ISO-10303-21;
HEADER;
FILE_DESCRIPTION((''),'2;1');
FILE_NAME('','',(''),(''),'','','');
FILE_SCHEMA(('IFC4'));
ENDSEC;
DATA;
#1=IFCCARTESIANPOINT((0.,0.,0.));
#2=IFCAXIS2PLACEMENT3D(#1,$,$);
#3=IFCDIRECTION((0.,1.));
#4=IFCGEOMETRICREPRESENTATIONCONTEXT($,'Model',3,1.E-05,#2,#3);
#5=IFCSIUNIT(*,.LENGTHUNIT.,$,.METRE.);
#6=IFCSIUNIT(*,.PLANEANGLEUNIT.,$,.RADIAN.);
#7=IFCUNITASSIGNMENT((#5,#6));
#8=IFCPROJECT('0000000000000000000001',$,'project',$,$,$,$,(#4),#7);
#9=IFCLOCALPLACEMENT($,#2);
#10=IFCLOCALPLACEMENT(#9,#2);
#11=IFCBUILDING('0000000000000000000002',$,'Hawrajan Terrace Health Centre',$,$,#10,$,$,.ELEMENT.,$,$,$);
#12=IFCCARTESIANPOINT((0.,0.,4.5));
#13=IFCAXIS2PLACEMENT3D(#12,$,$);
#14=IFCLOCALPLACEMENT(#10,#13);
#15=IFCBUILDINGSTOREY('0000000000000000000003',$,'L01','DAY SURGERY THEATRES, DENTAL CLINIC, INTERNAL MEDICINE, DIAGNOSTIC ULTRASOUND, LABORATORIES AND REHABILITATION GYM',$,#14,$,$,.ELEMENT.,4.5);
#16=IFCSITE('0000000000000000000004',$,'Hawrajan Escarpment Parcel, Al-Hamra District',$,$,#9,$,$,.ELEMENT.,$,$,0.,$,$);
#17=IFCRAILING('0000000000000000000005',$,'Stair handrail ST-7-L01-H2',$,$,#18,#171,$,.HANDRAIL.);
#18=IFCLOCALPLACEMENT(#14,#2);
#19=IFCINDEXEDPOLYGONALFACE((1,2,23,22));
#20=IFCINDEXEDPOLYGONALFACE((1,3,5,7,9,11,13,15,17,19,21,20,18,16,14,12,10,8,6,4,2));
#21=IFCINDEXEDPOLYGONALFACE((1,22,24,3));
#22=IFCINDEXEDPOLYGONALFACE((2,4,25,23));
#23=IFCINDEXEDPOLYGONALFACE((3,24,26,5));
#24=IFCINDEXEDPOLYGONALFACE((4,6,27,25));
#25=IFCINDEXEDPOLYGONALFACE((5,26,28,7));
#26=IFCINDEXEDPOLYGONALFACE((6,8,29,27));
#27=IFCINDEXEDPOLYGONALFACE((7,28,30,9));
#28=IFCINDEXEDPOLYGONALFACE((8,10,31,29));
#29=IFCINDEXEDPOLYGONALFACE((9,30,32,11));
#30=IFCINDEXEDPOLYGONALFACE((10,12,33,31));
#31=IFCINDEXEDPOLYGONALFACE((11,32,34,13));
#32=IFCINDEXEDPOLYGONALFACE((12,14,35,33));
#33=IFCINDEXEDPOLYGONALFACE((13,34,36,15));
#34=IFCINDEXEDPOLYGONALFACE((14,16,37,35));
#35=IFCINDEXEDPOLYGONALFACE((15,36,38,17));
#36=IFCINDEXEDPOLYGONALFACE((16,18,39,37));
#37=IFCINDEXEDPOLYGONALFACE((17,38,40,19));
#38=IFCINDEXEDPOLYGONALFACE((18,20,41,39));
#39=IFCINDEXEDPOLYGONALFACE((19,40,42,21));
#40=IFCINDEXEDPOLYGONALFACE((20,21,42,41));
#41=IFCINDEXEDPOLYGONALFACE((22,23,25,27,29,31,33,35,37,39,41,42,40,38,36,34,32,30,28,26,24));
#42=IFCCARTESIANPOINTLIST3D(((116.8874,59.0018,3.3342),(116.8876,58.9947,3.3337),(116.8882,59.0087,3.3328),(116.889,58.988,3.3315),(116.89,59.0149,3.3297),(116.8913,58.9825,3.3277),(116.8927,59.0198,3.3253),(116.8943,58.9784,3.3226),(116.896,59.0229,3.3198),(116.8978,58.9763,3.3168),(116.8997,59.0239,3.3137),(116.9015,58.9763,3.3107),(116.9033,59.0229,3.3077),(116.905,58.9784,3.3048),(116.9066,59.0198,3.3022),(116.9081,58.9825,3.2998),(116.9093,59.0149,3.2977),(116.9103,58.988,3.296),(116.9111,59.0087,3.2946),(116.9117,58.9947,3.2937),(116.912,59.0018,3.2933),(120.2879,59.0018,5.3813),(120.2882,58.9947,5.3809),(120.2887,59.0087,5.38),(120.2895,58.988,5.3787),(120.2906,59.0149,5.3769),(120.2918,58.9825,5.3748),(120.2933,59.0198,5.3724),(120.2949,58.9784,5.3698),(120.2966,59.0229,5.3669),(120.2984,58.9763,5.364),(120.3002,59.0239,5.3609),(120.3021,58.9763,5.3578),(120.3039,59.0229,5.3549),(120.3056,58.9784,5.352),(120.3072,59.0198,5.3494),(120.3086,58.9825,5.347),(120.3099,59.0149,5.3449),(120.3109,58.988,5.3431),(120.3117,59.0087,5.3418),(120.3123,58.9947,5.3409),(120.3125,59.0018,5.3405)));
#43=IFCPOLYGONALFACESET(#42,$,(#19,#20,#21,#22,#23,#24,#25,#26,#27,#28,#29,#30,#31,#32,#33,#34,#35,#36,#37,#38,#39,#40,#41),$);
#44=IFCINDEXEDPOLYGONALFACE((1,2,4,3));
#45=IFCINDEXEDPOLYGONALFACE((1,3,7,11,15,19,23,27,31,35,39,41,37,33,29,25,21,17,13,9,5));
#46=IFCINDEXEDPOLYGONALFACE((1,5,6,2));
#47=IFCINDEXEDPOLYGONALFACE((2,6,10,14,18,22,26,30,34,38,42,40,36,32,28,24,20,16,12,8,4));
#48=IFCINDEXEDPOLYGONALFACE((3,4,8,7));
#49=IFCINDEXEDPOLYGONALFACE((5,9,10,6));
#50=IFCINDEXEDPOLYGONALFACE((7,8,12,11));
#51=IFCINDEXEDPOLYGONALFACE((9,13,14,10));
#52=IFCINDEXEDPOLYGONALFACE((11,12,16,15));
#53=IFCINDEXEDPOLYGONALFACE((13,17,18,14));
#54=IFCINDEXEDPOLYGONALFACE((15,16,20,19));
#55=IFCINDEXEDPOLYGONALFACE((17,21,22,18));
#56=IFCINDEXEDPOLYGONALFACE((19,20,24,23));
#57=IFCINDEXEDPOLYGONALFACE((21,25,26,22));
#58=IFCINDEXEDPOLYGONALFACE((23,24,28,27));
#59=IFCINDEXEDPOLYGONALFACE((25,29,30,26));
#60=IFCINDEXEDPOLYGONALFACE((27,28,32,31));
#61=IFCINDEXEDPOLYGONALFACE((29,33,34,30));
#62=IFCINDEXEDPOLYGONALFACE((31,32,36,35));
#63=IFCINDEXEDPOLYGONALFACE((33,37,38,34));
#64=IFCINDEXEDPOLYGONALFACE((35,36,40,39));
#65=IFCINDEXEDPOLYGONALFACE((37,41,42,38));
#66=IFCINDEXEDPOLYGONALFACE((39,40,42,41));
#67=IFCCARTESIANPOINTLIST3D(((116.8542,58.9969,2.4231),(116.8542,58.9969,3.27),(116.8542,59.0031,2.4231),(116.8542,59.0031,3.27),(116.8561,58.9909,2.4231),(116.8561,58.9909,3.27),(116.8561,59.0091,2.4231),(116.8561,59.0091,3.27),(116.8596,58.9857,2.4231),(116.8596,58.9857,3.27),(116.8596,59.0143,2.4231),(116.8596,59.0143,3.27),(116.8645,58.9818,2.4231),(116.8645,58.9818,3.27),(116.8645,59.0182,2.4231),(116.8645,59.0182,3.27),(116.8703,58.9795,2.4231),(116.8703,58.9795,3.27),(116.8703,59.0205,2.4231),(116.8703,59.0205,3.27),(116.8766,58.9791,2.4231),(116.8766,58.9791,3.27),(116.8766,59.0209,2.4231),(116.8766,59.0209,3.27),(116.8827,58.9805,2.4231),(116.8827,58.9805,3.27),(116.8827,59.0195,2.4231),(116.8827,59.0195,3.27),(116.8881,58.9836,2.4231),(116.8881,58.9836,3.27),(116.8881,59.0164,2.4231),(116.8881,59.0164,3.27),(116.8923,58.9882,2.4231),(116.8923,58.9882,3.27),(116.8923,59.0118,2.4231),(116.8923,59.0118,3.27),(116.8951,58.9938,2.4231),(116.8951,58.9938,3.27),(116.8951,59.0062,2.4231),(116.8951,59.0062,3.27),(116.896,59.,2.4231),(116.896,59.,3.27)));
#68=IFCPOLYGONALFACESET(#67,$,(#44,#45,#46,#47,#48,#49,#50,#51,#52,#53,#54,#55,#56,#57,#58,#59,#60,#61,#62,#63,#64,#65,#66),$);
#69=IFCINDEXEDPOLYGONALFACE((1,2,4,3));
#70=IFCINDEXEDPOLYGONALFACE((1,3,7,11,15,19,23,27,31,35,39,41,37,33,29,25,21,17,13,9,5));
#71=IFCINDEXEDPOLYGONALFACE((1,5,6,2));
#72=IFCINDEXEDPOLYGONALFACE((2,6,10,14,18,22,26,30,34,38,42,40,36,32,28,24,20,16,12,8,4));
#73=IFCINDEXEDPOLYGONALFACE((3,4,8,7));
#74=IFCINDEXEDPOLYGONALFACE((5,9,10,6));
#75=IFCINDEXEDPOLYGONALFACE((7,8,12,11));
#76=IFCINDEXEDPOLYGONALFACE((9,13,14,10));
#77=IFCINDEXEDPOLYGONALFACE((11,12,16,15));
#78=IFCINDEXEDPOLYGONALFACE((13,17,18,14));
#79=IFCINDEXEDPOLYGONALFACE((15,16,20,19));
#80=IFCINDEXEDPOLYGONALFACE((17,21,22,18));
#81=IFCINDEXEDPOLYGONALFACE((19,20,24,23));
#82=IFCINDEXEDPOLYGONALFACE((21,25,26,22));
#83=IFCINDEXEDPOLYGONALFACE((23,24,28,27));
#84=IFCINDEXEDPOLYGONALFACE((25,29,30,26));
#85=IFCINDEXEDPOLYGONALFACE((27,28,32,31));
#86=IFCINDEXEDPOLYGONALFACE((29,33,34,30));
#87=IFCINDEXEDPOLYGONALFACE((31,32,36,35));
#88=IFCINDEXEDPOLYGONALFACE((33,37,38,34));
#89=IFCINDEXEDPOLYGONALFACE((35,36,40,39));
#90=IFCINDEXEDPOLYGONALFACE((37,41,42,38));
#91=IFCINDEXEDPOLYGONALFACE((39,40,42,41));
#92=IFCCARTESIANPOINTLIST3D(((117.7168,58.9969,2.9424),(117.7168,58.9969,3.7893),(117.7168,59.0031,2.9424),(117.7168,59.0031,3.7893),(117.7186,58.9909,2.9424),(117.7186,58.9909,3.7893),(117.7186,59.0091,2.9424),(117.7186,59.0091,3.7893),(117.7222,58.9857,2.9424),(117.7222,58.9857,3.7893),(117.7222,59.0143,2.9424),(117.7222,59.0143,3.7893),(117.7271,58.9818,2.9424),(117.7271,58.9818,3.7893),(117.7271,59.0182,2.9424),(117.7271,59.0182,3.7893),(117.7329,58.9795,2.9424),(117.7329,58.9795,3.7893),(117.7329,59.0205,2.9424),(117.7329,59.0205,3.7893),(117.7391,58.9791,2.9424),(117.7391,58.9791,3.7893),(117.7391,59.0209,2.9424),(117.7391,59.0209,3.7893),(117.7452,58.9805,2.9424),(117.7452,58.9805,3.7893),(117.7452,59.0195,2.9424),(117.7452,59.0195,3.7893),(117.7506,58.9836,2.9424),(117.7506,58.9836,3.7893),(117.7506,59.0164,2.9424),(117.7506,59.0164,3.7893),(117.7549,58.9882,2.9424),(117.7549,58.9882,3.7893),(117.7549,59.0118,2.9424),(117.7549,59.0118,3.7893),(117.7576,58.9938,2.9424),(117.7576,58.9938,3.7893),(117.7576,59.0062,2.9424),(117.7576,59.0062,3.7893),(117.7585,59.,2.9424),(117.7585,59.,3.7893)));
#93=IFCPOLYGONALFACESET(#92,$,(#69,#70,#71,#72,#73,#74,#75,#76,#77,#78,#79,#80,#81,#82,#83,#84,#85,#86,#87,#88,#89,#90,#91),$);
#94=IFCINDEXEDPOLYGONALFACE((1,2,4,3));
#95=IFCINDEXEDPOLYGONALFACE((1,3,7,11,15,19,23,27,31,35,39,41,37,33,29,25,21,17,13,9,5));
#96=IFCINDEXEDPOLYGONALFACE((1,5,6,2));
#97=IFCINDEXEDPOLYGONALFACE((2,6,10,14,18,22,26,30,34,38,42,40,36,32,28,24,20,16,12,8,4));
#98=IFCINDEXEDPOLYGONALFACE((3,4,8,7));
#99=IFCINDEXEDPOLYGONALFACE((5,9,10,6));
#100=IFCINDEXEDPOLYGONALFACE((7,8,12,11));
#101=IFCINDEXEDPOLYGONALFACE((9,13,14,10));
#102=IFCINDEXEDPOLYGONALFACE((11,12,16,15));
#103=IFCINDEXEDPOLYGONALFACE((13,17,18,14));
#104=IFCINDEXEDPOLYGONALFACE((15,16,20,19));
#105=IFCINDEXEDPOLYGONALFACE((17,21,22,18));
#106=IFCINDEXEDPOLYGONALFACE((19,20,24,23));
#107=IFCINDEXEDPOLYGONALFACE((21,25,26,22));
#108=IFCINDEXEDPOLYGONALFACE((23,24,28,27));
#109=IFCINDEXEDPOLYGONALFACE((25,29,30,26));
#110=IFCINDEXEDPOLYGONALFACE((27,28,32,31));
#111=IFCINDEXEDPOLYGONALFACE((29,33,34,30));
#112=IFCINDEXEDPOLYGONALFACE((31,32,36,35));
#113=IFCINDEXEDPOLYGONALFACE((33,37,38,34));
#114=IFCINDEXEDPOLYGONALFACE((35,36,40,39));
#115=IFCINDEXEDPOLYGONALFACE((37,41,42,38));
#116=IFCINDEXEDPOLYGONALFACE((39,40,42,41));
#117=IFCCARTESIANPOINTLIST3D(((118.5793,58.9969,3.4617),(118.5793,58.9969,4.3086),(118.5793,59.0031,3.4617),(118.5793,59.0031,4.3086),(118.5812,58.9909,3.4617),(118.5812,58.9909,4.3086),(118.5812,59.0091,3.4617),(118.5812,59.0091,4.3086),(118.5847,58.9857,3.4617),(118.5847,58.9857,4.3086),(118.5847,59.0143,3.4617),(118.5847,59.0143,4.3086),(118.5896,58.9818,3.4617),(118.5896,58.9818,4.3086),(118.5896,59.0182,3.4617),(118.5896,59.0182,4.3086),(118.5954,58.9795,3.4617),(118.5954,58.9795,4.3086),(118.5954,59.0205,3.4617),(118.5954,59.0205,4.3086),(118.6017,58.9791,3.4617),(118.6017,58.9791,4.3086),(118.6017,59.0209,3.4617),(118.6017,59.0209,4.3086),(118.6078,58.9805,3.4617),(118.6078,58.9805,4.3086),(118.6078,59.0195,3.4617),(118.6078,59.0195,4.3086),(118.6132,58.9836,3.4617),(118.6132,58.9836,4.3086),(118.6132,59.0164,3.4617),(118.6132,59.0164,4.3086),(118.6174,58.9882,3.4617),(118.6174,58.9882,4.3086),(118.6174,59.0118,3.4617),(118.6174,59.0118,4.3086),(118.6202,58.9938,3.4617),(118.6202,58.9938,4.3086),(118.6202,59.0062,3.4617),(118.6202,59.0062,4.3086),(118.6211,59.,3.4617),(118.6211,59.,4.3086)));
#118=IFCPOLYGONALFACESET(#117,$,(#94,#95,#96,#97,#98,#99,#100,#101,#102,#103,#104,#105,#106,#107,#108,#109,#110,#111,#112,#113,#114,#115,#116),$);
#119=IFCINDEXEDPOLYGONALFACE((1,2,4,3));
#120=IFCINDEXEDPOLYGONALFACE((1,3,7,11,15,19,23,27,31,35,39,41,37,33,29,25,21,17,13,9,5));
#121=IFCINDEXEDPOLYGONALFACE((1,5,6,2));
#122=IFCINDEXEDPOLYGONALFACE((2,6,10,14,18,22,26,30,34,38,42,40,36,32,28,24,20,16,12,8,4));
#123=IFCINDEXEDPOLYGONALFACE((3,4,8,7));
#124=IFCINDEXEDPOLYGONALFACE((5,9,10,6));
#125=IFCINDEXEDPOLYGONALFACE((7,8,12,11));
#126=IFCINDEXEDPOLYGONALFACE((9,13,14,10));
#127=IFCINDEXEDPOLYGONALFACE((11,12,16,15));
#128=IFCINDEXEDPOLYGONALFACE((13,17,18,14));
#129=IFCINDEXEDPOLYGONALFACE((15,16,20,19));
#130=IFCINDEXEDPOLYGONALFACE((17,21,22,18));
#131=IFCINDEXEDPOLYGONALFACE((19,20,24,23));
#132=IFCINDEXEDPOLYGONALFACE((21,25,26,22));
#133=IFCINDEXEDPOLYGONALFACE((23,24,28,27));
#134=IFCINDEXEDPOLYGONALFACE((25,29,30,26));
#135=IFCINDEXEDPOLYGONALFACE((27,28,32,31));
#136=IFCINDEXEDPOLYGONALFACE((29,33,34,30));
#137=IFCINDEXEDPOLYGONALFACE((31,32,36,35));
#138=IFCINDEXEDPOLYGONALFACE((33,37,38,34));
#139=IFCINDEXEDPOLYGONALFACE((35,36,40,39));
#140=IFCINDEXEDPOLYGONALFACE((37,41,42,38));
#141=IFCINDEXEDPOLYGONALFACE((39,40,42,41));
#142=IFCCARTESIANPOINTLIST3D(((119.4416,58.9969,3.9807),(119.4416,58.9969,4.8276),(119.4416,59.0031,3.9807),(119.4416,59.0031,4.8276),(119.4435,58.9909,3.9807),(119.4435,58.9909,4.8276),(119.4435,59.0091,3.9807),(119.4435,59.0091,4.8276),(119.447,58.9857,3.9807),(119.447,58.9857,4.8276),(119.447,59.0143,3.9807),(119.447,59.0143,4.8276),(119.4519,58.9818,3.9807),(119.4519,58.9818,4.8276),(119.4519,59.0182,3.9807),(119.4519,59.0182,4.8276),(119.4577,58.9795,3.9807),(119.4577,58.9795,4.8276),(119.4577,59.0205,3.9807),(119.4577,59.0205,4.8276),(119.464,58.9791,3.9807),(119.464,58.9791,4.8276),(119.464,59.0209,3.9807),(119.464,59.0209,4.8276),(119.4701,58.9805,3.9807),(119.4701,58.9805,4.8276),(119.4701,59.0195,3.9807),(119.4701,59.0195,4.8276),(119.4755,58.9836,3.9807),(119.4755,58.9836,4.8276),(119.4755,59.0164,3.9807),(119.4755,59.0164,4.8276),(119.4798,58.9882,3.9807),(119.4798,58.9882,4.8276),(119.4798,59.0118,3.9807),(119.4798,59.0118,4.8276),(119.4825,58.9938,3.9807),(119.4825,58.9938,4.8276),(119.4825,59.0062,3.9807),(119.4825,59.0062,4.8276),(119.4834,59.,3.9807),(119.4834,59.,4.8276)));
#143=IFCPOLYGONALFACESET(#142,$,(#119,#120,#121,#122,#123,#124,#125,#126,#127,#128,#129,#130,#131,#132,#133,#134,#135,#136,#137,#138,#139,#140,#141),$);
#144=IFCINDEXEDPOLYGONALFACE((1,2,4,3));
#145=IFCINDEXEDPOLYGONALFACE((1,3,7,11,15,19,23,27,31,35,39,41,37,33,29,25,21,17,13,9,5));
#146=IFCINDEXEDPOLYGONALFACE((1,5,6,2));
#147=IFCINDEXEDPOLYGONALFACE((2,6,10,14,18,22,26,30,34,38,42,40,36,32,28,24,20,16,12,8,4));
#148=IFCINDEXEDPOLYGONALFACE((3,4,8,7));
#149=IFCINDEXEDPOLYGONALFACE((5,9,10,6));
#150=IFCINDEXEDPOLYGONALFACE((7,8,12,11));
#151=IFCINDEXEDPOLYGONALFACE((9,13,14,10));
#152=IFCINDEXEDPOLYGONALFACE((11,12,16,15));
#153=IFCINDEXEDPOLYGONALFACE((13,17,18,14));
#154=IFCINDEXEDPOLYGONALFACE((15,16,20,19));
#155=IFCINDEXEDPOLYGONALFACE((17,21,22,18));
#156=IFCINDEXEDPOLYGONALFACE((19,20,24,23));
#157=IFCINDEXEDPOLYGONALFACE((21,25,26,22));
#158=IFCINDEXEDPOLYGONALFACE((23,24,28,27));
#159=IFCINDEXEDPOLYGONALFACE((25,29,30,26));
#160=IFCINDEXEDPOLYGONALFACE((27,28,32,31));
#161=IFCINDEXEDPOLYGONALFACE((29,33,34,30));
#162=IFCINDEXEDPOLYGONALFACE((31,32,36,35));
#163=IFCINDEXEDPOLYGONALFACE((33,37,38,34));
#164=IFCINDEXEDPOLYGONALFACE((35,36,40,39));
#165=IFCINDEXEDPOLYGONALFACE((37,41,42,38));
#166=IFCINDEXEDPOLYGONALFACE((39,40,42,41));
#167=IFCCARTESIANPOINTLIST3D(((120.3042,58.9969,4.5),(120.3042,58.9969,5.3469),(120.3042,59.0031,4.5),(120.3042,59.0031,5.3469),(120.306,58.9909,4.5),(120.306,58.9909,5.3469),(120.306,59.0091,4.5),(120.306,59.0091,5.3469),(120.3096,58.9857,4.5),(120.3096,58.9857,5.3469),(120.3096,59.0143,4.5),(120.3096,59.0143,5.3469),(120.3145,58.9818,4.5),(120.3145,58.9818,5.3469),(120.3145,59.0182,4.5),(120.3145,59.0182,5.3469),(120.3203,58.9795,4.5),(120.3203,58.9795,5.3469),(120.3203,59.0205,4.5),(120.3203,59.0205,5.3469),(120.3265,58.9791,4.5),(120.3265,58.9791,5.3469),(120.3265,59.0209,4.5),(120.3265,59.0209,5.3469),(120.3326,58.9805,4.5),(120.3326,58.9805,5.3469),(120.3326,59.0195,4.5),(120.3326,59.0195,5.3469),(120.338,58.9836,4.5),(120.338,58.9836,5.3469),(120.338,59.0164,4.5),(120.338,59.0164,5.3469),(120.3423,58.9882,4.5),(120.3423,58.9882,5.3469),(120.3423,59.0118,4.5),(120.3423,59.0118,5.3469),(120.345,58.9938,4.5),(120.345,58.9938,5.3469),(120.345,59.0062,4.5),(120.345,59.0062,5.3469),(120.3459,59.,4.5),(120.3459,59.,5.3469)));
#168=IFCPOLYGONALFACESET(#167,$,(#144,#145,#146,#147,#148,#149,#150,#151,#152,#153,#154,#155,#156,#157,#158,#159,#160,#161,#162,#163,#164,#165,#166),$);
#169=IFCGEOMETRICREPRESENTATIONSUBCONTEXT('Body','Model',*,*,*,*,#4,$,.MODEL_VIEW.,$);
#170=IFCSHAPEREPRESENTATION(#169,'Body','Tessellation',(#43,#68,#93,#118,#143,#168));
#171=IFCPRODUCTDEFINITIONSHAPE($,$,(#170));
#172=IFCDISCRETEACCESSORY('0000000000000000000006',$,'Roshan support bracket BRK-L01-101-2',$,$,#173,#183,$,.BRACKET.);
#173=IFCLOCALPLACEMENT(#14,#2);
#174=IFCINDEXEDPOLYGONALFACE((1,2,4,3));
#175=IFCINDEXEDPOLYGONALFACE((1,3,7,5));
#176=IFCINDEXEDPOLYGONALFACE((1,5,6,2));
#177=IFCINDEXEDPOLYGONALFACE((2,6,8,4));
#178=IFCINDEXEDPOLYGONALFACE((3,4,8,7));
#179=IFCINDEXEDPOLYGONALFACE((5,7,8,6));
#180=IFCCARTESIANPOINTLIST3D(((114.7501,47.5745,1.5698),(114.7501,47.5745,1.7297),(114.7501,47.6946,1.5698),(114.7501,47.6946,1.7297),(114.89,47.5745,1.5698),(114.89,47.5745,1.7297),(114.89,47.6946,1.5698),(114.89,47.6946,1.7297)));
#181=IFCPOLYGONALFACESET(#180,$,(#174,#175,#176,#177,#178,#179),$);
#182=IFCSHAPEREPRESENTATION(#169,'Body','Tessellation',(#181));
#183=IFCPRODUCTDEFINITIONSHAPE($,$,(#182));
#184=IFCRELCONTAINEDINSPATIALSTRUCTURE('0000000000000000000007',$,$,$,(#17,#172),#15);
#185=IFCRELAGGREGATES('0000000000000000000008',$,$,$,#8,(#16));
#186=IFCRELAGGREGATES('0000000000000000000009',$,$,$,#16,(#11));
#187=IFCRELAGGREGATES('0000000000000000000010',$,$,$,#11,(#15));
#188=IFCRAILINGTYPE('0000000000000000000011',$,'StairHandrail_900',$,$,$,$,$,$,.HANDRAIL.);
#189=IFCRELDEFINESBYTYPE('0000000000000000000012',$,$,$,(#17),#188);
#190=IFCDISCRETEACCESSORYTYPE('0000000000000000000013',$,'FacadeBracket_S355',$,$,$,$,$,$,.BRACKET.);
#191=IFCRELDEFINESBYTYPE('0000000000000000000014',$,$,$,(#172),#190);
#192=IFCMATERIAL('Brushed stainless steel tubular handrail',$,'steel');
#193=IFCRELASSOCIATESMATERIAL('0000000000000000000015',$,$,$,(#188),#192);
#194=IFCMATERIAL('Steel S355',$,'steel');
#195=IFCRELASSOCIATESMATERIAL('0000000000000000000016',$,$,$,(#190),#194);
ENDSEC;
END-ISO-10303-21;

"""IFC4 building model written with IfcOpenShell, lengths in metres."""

from ifc_helpers import new_model, si_unit, direction, frame, origin, origin_2d, place, context, subcontext, project, spatial, rectangle, circle, extrude, material, type_object, element, save


model = new_model("IFC4")

# Units and contexts
model_context = context("Model", 3, precision=1e-05, world=origin(), true_north=direction((0.0, 1.0)))
body_context = subcontext(model_context, "Body", "Model", "MODEL_VIEW")
ifc_project = project(units=[si_unit("LENGTHUNIT", "METRE"), si_unit("PLANEANGLEUNIT", "RADIAN")], contexts=[model_context])

# Site, building, storey
site_placement = place(None, origin())
site = spatial("IfcSite", under=ifc_project, at=site_placement, Name="Hawrajan Escarpment Parcel, Al-Hamra District", CompositionType="ELEMENT", RefElevation=0.0)
building_placement = place(site_placement, origin())
building = spatial("IfcBuilding", under=site, at=building_placement, Name="Hawrajan Terrace Health Centre", CompositionType="ELEMENT")
storey_placement = place(building_placement, frame((0.0, 0.0, 4.5)))
storey = spatial("IfcBuildingStorey", under=building, at=storey_placement, Name="L01", Description="DAY SURGERY THEATRES, DENTAL CLINIC, INTERNAL MEDICINE, DIAGNOSTIC ULTRASOUND, LABORATORIES AND REHABILITATION GYM", CompositionType="ELEMENT", Elevation=4.5)

# Shared definitions
ifc_material_1 = material(Name="Steel S355", Category="steel")

# Railing
ifc_material_2 = material(Name="Brushed stainless steel tubular handrail", Category="steel")
railing_type = type_object("IfcRailingType", Name="StairHandrail_900", PredefinedType="HANDRAIL", material=ifc_material_2)
railing_placement = place(storey_placement, frame((116.875, 59.0, 2.4231)))
element("IfcRailing", 1, at=railing_placement, inside=storey, type_object=railing_type, Name="Stair handrail ST-7-L01-H2", PredefinedType="HANDRAIL", context=body_context, shape_type="SweptSolid", body=[
    extrude(circle(Radius=0.0239, at=origin_2d()), frame((0.0247, 0.0, 0.8906), z_axis=(0.856732, 0.0, 0.515761), x_axis=(0.0, 1.0, 0.0)), (0.0, 0.0, 1.0), 3.9692),
    extrude(circle(Radius=0.021, at=origin_2d()), origin(), (0.0, 0.0, 1.0), 0.8469),
    extrude(circle(Radius=0.021, at=origin_2d()), frame((0.8625, 0.0, 0.5193)), (0.0, 0.0, 1.0), 0.8469),
    extrude(circle(Radius=0.021, at=origin_2d()), frame((1.7251, 0.0, 1.0386)), (0.0, 0.0, 1.0), 0.8469),
    extrude(circle(Radius=0.021, at=origin_2d()), frame((2.5874, 0.0, 1.5576)), (0.0, 0.0, 1.0), 0.8469),
    extrude(circle(Radius=0.021, at=origin_2d()), frame((3.45, 0.0, 2.0769)), (0.0, 0.0, 1.0), 0.8469),
])

# Discrete accessory
discrete_accessory_type = type_object("IfcDiscreteAccessoryType", Name="FacadeBracket_S355", PredefinedType="BRACKET", material=ifc_material_1)
discrete_accessory_placement = place(storey_placement, frame((114.8201, 47.6345, 1.5698), z_axis=(0.0, 0.0, 1.0), x_axis=(0.0, 1.0, 0.0)))
element("IfcDiscreteAccessory", 2, at=discrete_accessory_placement, inside=storey, type_object=discrete_accessory_type, Name="Roshan support bracket BRK-L01-101-2", PredefinedType="BRACKET", context=body_context, shape_type="SweptSolid", body=[
    extrude(rectangle(XDim=0.1201, YDim=0.1399, at=origin_2d()), origin(), (0.0, 0.0, 1.0), 0.1599),
])

save(model, "model.ifc")
